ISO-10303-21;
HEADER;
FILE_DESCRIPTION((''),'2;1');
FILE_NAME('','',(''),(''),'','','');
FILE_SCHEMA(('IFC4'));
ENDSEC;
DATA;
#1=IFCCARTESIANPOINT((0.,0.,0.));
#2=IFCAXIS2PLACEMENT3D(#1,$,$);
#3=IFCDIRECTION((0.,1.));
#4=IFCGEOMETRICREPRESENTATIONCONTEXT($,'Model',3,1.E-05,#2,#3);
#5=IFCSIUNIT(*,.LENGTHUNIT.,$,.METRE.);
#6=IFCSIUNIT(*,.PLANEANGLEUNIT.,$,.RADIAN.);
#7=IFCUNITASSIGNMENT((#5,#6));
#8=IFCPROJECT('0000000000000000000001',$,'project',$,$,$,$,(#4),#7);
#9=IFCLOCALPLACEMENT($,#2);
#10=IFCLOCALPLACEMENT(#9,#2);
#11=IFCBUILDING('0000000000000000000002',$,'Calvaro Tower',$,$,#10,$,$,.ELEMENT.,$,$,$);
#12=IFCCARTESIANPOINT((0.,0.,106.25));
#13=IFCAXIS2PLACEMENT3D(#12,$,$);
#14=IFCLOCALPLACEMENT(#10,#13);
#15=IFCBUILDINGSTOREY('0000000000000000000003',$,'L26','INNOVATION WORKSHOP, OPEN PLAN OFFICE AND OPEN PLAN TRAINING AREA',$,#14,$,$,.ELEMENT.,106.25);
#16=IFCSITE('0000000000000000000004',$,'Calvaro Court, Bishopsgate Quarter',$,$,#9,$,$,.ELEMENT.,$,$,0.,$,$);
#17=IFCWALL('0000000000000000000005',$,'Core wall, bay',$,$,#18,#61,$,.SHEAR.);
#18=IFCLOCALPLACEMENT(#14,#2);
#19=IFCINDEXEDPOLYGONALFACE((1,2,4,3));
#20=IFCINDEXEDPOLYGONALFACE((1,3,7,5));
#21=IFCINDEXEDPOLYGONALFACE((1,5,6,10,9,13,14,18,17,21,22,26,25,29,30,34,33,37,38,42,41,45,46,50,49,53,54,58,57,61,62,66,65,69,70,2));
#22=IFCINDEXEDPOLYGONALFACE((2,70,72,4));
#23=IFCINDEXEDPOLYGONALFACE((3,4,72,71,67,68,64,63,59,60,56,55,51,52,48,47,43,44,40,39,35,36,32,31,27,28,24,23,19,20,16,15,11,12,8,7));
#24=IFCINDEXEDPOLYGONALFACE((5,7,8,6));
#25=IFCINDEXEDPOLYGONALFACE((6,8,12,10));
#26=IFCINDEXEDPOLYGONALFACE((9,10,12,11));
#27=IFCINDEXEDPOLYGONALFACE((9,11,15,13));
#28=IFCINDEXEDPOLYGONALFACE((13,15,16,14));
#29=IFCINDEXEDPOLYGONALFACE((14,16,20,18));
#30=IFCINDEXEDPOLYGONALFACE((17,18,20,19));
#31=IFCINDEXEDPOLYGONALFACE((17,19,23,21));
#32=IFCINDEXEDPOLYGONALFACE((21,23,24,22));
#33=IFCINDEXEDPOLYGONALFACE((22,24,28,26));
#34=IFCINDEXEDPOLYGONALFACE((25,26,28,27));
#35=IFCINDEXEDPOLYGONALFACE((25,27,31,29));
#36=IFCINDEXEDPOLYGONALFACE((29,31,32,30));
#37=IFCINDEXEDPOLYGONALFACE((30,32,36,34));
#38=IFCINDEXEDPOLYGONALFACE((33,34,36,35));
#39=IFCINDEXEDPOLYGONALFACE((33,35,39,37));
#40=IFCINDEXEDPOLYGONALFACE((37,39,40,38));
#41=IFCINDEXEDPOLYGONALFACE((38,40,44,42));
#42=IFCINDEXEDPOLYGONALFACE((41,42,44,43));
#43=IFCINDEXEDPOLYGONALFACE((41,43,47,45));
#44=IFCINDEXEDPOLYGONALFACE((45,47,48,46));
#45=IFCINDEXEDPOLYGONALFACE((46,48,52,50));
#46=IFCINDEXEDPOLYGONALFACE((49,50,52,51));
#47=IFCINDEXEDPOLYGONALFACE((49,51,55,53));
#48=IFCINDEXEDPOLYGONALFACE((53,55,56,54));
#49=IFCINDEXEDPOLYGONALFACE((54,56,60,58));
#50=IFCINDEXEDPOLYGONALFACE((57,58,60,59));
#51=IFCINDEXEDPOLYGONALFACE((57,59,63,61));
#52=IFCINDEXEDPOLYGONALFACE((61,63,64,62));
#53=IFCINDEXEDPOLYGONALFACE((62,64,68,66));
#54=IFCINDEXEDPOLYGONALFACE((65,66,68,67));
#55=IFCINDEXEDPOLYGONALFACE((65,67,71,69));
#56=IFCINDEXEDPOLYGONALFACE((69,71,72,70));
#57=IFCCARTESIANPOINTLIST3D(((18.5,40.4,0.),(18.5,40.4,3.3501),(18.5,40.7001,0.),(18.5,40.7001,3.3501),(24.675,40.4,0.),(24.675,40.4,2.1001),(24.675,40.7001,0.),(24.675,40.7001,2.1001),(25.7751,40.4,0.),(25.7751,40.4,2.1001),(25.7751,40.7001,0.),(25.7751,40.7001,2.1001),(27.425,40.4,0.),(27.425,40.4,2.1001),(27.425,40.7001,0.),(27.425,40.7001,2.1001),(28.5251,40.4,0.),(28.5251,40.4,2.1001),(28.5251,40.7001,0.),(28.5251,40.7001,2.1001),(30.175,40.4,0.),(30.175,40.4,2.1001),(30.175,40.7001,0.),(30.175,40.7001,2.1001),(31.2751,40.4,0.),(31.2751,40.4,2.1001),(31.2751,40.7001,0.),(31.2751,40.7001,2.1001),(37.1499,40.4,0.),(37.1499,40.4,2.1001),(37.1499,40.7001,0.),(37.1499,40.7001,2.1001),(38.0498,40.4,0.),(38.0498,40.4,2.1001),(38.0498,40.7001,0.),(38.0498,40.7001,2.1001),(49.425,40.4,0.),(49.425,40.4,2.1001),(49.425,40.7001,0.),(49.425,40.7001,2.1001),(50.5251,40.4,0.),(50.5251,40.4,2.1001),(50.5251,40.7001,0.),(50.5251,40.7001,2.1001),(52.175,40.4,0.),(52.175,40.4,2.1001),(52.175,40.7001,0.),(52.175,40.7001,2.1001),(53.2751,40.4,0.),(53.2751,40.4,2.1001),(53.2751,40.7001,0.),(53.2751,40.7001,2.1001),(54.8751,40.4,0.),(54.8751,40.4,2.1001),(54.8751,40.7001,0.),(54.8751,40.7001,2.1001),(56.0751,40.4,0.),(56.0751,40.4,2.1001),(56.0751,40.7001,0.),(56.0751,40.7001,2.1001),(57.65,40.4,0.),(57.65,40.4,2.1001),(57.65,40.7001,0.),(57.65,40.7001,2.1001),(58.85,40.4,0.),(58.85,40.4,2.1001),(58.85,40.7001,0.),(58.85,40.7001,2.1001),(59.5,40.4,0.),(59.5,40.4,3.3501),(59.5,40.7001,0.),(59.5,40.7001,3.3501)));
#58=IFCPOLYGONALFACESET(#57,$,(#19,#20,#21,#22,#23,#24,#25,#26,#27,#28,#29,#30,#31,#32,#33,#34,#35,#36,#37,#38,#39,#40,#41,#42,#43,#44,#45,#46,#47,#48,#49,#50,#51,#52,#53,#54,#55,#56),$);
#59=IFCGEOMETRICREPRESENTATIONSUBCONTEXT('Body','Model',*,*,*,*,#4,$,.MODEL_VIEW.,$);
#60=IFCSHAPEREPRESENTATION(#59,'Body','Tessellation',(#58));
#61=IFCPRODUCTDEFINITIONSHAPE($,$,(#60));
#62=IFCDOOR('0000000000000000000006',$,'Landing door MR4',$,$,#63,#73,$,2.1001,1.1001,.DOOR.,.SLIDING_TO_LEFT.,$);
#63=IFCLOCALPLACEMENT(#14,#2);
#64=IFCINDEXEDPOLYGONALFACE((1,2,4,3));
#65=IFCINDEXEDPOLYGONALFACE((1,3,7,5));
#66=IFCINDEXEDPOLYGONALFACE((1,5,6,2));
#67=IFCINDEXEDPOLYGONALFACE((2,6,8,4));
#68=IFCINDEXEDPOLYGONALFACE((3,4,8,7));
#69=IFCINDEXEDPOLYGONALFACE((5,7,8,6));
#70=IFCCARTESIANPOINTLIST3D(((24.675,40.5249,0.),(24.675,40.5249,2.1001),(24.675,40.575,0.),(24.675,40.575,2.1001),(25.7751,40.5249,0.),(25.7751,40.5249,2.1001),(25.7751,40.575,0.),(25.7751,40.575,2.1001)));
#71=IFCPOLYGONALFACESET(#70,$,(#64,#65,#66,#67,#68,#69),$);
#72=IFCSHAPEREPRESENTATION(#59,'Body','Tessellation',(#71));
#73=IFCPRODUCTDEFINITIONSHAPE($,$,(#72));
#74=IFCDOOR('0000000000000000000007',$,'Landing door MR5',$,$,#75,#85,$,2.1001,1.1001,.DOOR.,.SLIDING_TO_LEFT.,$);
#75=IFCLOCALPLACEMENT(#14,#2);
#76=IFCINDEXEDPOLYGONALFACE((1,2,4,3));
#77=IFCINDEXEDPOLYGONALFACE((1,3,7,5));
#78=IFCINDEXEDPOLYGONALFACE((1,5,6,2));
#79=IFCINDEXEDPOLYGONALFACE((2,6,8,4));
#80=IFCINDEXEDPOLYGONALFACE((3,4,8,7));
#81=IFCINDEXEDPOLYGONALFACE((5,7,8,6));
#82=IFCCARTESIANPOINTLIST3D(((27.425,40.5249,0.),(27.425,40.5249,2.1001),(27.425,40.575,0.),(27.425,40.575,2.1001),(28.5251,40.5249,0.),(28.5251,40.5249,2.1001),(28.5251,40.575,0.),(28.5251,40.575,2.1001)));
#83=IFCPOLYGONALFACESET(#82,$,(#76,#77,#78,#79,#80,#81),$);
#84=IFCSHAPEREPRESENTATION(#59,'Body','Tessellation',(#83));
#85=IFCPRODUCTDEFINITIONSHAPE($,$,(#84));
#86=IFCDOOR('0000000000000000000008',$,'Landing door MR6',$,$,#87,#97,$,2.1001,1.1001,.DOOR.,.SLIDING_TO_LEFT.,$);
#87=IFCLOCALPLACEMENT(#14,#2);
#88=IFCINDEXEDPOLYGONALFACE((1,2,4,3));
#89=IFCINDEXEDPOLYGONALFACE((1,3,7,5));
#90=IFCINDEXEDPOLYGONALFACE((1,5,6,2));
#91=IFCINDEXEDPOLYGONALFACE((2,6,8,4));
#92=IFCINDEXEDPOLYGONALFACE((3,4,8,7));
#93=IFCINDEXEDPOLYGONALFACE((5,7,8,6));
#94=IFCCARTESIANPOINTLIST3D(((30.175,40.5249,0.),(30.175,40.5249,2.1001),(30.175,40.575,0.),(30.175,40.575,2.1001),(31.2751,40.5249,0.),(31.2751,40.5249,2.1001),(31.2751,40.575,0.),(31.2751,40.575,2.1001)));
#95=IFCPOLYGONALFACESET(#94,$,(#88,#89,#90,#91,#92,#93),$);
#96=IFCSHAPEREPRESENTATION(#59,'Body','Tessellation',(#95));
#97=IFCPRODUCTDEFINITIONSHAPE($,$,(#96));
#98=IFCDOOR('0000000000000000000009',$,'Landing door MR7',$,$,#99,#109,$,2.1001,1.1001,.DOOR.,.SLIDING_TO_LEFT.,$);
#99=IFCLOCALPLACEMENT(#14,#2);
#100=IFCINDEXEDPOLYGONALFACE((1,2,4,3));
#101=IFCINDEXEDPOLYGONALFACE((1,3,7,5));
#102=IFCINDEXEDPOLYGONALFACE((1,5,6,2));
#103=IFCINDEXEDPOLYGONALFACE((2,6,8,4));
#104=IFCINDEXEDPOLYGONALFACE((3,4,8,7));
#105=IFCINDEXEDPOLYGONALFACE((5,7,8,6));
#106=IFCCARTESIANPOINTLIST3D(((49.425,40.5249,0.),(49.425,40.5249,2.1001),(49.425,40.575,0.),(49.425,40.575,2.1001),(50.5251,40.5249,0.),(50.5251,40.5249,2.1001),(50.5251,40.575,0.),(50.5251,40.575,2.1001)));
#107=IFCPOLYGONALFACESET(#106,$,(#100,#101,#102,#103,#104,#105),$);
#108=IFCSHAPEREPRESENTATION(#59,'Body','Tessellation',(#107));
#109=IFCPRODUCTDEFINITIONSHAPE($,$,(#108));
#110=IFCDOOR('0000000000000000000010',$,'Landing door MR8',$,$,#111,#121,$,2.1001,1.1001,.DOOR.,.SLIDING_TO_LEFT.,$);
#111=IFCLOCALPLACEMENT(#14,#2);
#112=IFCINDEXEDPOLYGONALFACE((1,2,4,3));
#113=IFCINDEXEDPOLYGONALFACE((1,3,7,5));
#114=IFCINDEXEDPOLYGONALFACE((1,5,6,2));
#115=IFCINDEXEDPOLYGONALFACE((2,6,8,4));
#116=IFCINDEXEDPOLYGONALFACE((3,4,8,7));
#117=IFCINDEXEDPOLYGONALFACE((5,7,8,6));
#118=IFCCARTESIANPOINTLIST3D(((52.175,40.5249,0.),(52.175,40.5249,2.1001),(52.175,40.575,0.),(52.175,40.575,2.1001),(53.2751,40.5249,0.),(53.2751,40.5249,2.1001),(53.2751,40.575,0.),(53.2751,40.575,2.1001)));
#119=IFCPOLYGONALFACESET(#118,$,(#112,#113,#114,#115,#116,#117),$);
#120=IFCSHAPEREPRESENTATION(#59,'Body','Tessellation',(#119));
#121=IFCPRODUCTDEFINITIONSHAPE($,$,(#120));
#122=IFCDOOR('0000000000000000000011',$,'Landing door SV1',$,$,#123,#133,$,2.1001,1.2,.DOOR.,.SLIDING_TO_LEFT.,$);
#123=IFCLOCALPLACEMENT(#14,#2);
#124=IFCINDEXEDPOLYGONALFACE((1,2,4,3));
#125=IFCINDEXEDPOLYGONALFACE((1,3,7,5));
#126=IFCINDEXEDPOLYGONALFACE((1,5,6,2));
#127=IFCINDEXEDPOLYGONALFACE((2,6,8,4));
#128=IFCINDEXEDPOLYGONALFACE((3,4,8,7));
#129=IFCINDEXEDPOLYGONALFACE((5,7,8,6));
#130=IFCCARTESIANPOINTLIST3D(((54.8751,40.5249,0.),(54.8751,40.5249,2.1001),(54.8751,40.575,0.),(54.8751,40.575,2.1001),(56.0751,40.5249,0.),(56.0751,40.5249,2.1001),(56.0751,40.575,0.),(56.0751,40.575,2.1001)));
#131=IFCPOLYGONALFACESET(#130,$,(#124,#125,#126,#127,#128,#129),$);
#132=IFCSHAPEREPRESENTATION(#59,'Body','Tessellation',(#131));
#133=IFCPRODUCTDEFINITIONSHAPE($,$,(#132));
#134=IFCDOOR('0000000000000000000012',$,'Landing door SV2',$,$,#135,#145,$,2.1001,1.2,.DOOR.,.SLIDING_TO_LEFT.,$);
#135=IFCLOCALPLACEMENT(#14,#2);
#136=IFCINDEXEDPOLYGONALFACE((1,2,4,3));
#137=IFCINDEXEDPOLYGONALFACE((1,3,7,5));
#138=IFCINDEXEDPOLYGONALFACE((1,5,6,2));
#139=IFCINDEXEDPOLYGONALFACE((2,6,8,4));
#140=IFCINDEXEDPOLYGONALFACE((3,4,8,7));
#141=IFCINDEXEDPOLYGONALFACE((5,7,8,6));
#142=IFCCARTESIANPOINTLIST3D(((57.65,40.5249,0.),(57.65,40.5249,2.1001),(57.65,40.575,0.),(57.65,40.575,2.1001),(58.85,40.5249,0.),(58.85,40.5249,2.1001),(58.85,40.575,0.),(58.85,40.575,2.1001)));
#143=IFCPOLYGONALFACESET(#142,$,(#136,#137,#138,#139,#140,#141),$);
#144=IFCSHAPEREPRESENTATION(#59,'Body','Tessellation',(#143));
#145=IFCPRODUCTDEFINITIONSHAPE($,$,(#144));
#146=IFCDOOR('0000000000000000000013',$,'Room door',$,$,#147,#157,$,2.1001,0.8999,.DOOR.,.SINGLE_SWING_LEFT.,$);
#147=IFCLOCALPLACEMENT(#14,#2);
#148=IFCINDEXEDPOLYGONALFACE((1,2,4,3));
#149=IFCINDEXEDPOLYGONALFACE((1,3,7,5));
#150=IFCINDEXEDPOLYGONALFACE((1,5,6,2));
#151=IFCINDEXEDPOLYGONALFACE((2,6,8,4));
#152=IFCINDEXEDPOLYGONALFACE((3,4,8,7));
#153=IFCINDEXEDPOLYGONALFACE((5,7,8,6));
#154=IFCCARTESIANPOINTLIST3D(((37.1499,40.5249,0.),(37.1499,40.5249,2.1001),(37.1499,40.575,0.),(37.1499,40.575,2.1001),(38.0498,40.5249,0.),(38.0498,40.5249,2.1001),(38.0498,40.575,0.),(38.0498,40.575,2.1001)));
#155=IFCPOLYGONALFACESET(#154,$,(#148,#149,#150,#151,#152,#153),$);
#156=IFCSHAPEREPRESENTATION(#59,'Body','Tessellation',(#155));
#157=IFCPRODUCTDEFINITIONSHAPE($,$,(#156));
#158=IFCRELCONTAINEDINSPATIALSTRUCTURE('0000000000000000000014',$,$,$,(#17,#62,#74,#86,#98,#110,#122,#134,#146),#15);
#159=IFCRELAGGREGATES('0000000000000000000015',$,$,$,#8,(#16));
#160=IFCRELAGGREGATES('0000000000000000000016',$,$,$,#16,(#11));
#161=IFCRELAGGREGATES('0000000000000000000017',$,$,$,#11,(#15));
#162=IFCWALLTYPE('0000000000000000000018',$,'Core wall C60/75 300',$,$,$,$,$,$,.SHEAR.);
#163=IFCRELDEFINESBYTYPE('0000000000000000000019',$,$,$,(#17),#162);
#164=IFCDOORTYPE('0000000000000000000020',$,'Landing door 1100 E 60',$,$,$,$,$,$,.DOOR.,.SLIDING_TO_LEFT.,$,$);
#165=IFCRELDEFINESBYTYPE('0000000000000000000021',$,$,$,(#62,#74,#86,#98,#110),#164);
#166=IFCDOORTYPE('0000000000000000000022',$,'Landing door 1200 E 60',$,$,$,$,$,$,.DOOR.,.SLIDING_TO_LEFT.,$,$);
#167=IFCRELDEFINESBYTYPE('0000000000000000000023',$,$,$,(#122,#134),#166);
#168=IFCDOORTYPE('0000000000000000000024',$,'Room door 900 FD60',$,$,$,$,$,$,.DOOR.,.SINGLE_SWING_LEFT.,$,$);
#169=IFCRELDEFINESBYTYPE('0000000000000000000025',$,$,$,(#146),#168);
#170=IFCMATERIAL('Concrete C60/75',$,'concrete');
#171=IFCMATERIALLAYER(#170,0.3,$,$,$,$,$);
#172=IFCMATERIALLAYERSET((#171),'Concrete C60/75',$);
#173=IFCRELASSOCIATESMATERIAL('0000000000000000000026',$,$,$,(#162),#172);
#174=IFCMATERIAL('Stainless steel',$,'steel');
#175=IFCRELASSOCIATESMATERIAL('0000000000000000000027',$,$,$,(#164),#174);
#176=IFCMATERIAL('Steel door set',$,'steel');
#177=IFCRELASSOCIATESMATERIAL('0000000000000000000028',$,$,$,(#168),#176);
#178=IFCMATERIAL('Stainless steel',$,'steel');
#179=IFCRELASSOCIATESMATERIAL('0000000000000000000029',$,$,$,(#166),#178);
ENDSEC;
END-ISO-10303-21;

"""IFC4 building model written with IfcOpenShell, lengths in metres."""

from ifc_helpers import new_model, si_unit, direction, frame, frame_2d, origin, place, context, subcontext, project, spatial, rectangle, extrude, material, layer, layer_set, type_object, element, fill, save


model = new_model("IFC4")

# Units and contexts
model_context = context("Model", 3, precision=1e-05, world=origin(), true_north=direction((0.0, 1.0)))
body_context = subcontext(model_context, "Body", "Model", "MODEL_VIEW")
ifc_project = project(units=[si_unit("LENGTHUNIT", "METRE"), si_unit("PLANEANGLEUNIT", "RADIAN")], contexts=[model_context])

# Site, building, storey
site_placement = place(None, origin())
site = spatial("IfcSite", under=ifc_project, at=site_placement, Name="Calvaro Court, Bishopsgate Quarter", CompositionType="ELEMENT", RefElevation=0.0)
building_placement = place(site_placement, origin())
building = spatial("IfcBuilding", under=site, at=building_placement, Name="Calvaro Tower", CompositionType="ELEMENT")
storey_placement = place(building_placement, frame((0.0, 0.0, 106.25)))
storey = spatial("IfcBuildingStorey", under=building, at=storey_placement, Name="L26", Description="INNOVATION WORKSHOP, OPEN PLAN OFFICE AND OPEN PLAN TRAINING AREA", CompositionType="ELEMENT", Elevation=106.25)

# Shared definitions
ifc_material_1 = material(Name="Concrete C60/75", Category="concrete")
ifc_layer_1 = layer(ifc_material_1, 0.3)
ifc_layer_set_1 = layer_set([ifc_layer_1], Name="Concrete C60/75")
wall_type_1 = type_object("IfcWallType", Name="Core wall C60/75 300", PredefinedType="SHEAR", material=ifc_layer_set_1)
ifc_material_2 = material(Name="Stainless steel", Category="steel")
door_type_1 = type_object("IfcDoorType", Name="Landing door 1100 E 60", OperationType="SLIDING_TO_LEFT", PredefinedType="DOOR", material=ifc_material_2)
ifc_material_3 = material(Name="Steel door set", Category="steel")
door_type_2 = type_object("IfcDoorType", Name="Room door 900 FD60", OperationType="SINGLE_SWING_LEFT", PredefinedType="DOOR", material=ifc_material_3)

# Wall, openings, doors
wall_1_placement = place(storey_placement, frame((18.5, 40.55, 0.0), z_axis=(0.0, 0.0, 1.0), x_axis=(1.0, 0.0, 0.0)))
wall_1 = element("IfcWall", 1, at=wall_1_placement, inside=storey, type_object=wall_type_1, Name="Core wall, bay", PredefinedType="SHEAR", context=body_context, shape_type="SweptSolid", body=[
    extrude(rectangle(XDim=41.0, YDim=0.3, at=frame_2d((20.5, 0.0))), origin(), (0.0, 0.0, 1.0), 3.3501),
])
opening_1_placement = place(wall_1_placement, frame((18.6499, 0.0, 0.0)))
opening_1 = element("IfcOpeningElement", 2, at=opening_1_placement, cuts=wall_1, PredefinedType="OPENING", context=body_context, shape_type="SweptSolid", body=[
    extrude(rectangle(XDim=0.8999, YDim=2.1001, at=frame_2d((0.45, 1.05))), frame((0.0, 0.1599, 0.0), z_axis=(0.0, -1.0, 0.0), x_axis=(1.0, 0.0, 0.0)), (0.0, 0.0, 1.0), 0.3201),
])
opening_2_placement = place(wall_1_placement, frame((6.175, 0.0, 0.0)))
opening_2 = element("IfcOpeningElement", 3, at=opening_2_placement, cuts=wall_1, PredefinedType="OPENING", context=body_context, shape_type="SweptSolid", body=[
    extrude(rectangle(XDim=1.1001, YDim=2.1001, at=frame_2d((0.55, 1.05))), frame((0.0, 0.1599, 0.0), z_axis=(0.0, -1.0, 0.0), x_axis=(1.0, 0.0, 0.0)), (0.0, 0.0, 1.0), 0.3201),
])
opening_3_placement = place(wall_1_placement, frame((8.925, 0.0, 0.0)))
opening_3 = element("IfcOpeningElement", 4, at=opening_3_placement, cuts=wall_1, PredefinedType="OPENING", context=body_context, shape_type="SweptSolid", body=[
    extrude(rectangle(XDim=1.1001, YDim=2.1001, at=frame_2d((0.55, 1.05))), frame((0.0, 0.1599, 0.0), z_axis=(0.0, -1.0, 0.0), x_axis=(1.0, 0.0, 0.0)), (0.0, 0.0, 1.0), 0.3201),
])
opening_4_placement = place(wall_1_placement, frame((11.675, 0.0, 0.0)))
opening_4 = element("IfcOpeningElement", 5, at=opening_4_placement, cuts=wall_1, PredefinedType="OPENING", context=body_context, shape_type="SweptSolid", body=[
    extrude(rectangle(XDim=1.1001, YDim=2.1001, at=frame_2d((0.55, 1.05))), frame((0.0, 0.1599, 0.0), z_axis=(0.0, -1.0, 0.0), x_axis=(1.0, 0.0, 0.0)), (0.0, 0.0, 1.0), 0.3201),
])
opening_5_placement = place(wall_1_placement, frame((30.925, 0.0, 0.0)))
opening_5 = element("IfcOpeningElement", 6, at=opening_5_placement, cuts=wall_1, PredefinedType="OPENING", context=body_context, shape_type="SweptSolid", body=[
    extrude(rectangle(XDim=1.1001, YDim=2.1001, at=frame_2d((0.55, 1.05))), frame((0.0, 0.1599, 0.0), z_axis=(0.0, -1.0, 0.0), x_axis=(1.0, 0.0, 0.0)), (0.0, 0.0, 1.0), 0.3201),
])
opening_6_placement = place(wall_1_placement, frame((33.675, 0.0, 0.0)))
opening_6 = element("IfcOpeningElement", 7, at=opening_6_placement, cuts=wall_1, PredefinedType="OPENING", context=body_context, shape_type="SweptSolid", body=[
    extrude(rectangle(XDim=1.1001, YDim=2.1001, at=frame_2d((0.55, 1.05))), frame((0.0, 0.1599, 0.0), z_axis=(0.0, -1.0, 0.0), x_axis=(1.0, 0.0, 0.0)), (0.0, 0.0, 1.0), 0.3201),
])
opening_7_placement = place(wall_1_placement, frame((36.375, 0.0, 0.0)))
opening_7 = element("IfcOpeningElement", 8, at=opening_7_placement, cuts=wall_1, PredefinedType="OPENING", context=body_context, shape_type="SweptSolid", body=[
    extrude(rectangle(XDim=1.2, YDim=2.1001, at=frame_2d((0.6001, 1.05))), frame((0.0, 0.1599, 0.0), z_axis=(0.0, -1.0, 0.0), x_axis=(1.0, 0.0, 0.0)), (0.0, 0.0, 1.0), 0.3201),
])
opening_8_placement = place(wall_1_placement, frame((39.1499, 0.0, 0.0)))
opening_8 = element("IfcOpeningElement", 9, at=opening_8_placement, cuts=wall_1, PredefinedType="OPENING", context=body_context, shape_type="SweptSolid", body=[
    extrude(rectangle(XDim=1.2, YDim=2.1001, at=frame_2d((0.6001, 1.05))), frame((0.0, 0.1599, 0.0), z_axis=(0.0, -1.0, 0.0), x_axis=(1.0, 0.0, 0.0)), (0.0, 0.0, 1.0), 0.3201),
])
door_1_placement = place(opening_2_placement, origin())
door_1 = element("IfcDoor", 10, at=door_1_placement, inside=storey, type_object=door_type_1, Name="Landing door MR4", OperationType="SLIDING_TO_LEFT", OverallHeight=2.1001, OverallWidth=1.1001, PredefinedType="DOOR", context=body_context, shape_type="SweptSolid", body=[
    extrude(rectangle(XDim=1.1001, YDim=2.1001, at=frame_2d((0.55, 1.05))), frame((0.0, 0.0249, 0.0), z_axis=(0.0, -1.0, 0.0), x_axis=(1.0, 0.0, 0.0)), (0.0, 0.0, 1.0), 0.05),
])
fill(opening_2, door_1)
door_2_placement = place(opening_3_placement, origin())
door_2 = element("IfcDoor", 11, at=door_2_placement, inside=storey, type_object=door_type_1, Name="Landing door MR5", OperationType="SLIDING_TO_LEFT", OverallHeight=2.1001, OverallWidth=1.1001, PredefinedType="DOOR", context=body_context, shape_type="SweptSolid", body=[
    extrude(rectangle(XDim=1.1001, YDim=2.1001, at=frame_2d((0.55, 1.05))), frame((0.0, 0.0249, 0.0), z_axis=(0.0, -1.0, 0.0), x_axis=(1.0, 0.0, 0.0)), (0.0, 0.0, 1.0), 0.05),
])
fill(opening_3, door_2)
door_3_placement = place(opening_4_placement, origin())
door_3 = element("IfcDoor", 12, at=door_3_placement, inside=storey, type_object=door_type_1, Name="Landing door MR6", OperationType="SLIDING_TO_LEFT", OverallHeight=2.1001, OverallWidth=1.1001, PredefinedType="DOOR", context=body_context, shape_type="SweptSolid", body=[
    extrude(rectangle(XDim=1.1001, YDim=2.1001, at=frame_2d((0.55, 1.05))), frame((0.0, 0.0249, 0.0), z_axis=(0.0, -1.0, 0.0), x_axis=(1.0, 0.0, 0.0)), (0.0, 0.0, 1.0), 0.05),
])
fill(opening_4, door_3)
door_4_placement = place(opening_5_placement, origin())
door_4 = element("IfcDoor", 13, at=door_4_placement, inside=storey, type_object=door_type_1, Name="Landing door MR7", OperationType="SLIDING_TO_LEFT", OverallHeight=2.1001, OverallWidth=1.1001, PredefinedType="DOOR", context=body_context, shape_type="SweptSolid", body=[
    extrude(rectangle(XDim=1.1001, YDim=2.1001, at=frame_2d((0.55, 1.05))), frame((0.0, 0.0249, 0.0), z_axis=(0.0, -1.0, 0.0), x_axis=(1.0, 0.0, 0.0)), (0.0, 0.0, 1.0), 0.05),
])
fill(opening_5, door_4)
door_5_placement = place(opening_6_placement, origin())
door_5 = element("IfcDoor", 14, at=door_5_placement, inside=storey, type_object=door_type_1, Name="Landing door MR8", OperationType="SLIDING_TO_LEFT", OverallHeight=2.1001, OverallWidth=1.1001, PredefinedType="DOOR", context=body_context, shape_type="SweptSolid", body=[
    extrude(rectangle(XDim=1.1001, YDim=2.1001, at=frame_2d((0.55, 1.05))), frame((0.0, 0.0249, 0.0), z_axis=(0.0, -1.0, 0.0), x_axis=(1.0, 0.0, 0.0)), (0.0, 0.0, 1.0), 0.05),
])
fill(opening_6, door_5)
ifc_material_4 = material(Name="Stainless steel", Category="steel")
door_type_3 = type_object("IfcDoorType", Name="Landing door 1200 E 60", OperationType="SLIDING_TO_LEFT", PredefinedType="DOOR", material=ifc_material_4)
door_6_placement = place(opening_7_placement, origin())
door_6 = element("IfcDoor", 15, at=door_6_placement, inside=storey, type_object=door_type_3, Name="Landing door SV1", OperationType="SLIDING_TO_LEFT", OverallHeight=2.1001, OverallWidth=1.2, PredefinedType="DOOR", context=body_context, shape_type="SweptSolid", body=[
    extrude(rectangle(XDim=1.2, YDim=2.1001, at=frame_2d((0.6001, 1.05))), frame((0.0, 0.0249, 0.0), z_axis=(0.0, -1.0, 0.0), x_axis=(1.0, 0.0, 0.0)), (0.0, 0.0, 1.0), 0.05),
])
fill(opening_7, door_6)
door_7_placement = place(opening_8_placement, origin())
door_7 = element("IfcDoor", 16, at=door_7_placement, inside=storey, type_object=door_type_3, Name="Landing door SV2", OperationType="SLIDING_TO_LEFT", OverallHeight=2.1001, OverallWidth=1.2, PredefinedType="DOOR", context=body_context, shape_type="SweptSolid", body=[
    extrude(rectangle(XDim=1.2, YDim=2.1001, at=frame_2d((0.6001, 1.05))), frame((0.0, 0.0249, 0.0), z_axis=(0.0, -1.0, 0.0), x_axis=(1.0, 0.0, 0.0)), (0.0, 0.0, 1.0), 0.05),
])
fill(opening_8, door_7)
door_8_placement = place(opening_1_placement, origin())
door_8 = element("IfcDoor", 17, at=door_8_placement, inside=storey, type_object=door_type_2, Name="Room door", OperationType="SINGLE_SWING_LEFT", OverallHeight=2.1001, OverallWidth=0.8999, PredefinedType="DOOR", context=body_context, shape_type="SweptSolid", body=[
    extrude(rectangle(XDim=0.8999, YDim=2.1001, at=frame_2d((0.45, 1.05))), frame((0.0, 0.0249, 0.0), z_axis=(0.0, -1.0, 0.0), x_axis=(1.0, 0.0, 0.0)), (0.0, 0.0, 1.0), 0.05),
])
fill(opening_1, door_8)

save(model, "model.ifc")
